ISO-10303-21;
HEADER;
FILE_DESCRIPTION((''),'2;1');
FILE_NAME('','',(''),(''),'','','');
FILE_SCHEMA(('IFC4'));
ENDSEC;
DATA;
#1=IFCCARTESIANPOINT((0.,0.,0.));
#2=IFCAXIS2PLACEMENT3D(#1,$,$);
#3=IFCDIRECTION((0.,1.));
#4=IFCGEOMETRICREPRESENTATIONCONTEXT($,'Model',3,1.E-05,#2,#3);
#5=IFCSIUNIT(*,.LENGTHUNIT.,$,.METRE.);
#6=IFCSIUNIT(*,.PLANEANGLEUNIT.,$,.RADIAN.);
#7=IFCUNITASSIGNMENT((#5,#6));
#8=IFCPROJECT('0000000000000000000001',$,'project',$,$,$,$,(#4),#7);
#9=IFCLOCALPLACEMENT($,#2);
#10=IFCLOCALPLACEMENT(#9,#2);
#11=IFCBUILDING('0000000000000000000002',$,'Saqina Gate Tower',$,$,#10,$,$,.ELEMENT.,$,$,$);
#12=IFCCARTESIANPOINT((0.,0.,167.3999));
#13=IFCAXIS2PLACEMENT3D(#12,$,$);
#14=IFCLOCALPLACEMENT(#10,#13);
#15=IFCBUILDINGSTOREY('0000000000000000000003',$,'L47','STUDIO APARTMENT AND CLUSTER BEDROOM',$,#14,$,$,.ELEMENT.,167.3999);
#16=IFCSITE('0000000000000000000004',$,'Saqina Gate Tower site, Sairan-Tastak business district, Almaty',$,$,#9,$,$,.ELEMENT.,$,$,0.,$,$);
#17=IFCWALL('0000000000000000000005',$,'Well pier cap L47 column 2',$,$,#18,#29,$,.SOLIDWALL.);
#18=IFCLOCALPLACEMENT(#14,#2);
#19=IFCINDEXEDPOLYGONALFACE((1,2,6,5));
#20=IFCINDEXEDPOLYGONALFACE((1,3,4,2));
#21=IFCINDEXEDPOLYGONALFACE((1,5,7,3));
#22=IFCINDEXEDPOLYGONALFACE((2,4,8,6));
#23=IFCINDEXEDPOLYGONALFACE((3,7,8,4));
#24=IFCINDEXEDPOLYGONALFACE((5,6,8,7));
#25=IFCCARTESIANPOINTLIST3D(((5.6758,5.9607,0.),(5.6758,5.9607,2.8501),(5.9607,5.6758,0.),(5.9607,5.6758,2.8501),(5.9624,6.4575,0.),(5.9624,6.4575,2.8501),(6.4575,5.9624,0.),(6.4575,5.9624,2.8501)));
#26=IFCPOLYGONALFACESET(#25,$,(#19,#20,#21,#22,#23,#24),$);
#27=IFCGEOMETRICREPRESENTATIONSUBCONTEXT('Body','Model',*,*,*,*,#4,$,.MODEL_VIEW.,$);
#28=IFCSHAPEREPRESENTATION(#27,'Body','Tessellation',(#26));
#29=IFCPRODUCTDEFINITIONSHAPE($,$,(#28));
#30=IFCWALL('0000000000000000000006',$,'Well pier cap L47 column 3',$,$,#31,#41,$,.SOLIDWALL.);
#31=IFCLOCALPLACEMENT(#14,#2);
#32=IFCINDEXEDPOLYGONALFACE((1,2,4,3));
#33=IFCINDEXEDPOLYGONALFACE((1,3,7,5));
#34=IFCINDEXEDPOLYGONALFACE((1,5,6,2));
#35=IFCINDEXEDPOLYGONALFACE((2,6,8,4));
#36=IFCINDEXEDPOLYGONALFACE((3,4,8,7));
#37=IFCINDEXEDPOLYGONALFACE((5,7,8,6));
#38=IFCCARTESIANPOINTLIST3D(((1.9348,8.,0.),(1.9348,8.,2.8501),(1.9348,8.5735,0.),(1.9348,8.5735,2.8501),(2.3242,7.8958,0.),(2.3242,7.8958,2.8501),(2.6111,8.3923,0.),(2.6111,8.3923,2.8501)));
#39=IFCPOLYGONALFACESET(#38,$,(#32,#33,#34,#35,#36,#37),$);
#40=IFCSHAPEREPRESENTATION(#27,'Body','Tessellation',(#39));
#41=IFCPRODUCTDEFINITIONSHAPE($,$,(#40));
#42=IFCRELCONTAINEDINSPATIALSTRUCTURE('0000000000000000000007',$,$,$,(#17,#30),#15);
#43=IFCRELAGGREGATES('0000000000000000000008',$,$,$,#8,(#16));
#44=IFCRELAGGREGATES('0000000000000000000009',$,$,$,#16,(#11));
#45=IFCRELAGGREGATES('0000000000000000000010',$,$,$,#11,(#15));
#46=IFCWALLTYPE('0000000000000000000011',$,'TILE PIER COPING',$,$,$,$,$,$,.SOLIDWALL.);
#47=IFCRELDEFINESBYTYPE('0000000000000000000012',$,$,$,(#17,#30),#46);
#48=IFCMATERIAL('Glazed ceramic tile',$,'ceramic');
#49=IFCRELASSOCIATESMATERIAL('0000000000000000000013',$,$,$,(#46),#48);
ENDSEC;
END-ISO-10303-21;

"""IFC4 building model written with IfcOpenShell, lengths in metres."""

from ifc_helpers import new_model, si_unit, direction, frame, origin, place, context, subcontext, project, spatial, polyline, outline, extrude, material, type_object, element, save


model = new_model("IFC4")

# Units and contexts
model_context = context("Model", 3, precision=1e-05, world=origin(), true_north=direction((0.0, 1.0)))
body_context = subcontext(model_context, "Body", "Model", "MODEL_VIEW")
ifc_project = project(units=[si_unit("LENGTHUNIT", "METRE"), si_unit("PLANEANGLEUNIT", "RADIAN")], contexts=[model_context])

# Site, building, storey
site_placement = place(None, origin())
site = spatial("IfcSite", under=ifc_project, at=site_placement, Name="Saqina Gate Tower site, Sairan-Tastak business district, Almaty", CompositionType="ELEMENT", RefElevation=0.0)
building_placement = place(site_placement, origin())
building = spatial("IfcBuilding", under=site, at=building_placement, Name="Saqina Gate Tower", CompositionType="ELEMENT")
storey_placement = place(building_placement, frame((0.0, 0.0, 167.3999)))
storey = spatial("IfcBuildingStorey", under=building, at=storey_placement, Name="L47", Description="STUDIO APARTMENT AND CLUSTER BEDROOM", CompositionType="ELEMENT", Elevation=167.3999)

# Walls
ifc_material_1 = material(Name="Glazed ceramic tile", Category="ceramic")
wall_type_1 = type_object("IfcWallType", Name="TILE PIER COPING", PredefinedType="SOLIDWALL", material=ifc_material_1)
wall_1_placement = place(storey_placement, origin())
element("IfcWall", 1, at=wall_1_placement, inside=storey, type_object=wall_type_1, Name="Well pier cap L47 column 2", PredefinedType="SOLIDWALL", context=body_context, shape_type="SweptSolid", body=[
    extrude(outline(polyline([(5.9624, 6.4575), (5.6758, 5.9607), (5.9607, 5.6758), (6.4575, 5.9624), (5.9624, 6.4575)])), origin(), (0.0, 0.0, 1.0), 2.8501),
])
wall_2_placement = place(storey_placement, origin())
element("IfcWall", 2, at=wall_2_placement, inside=storey, type_object=wall_type_1, Name="Well pier cap L47 column 3", PredefinedType="SOLIDWALL", context=body_context, shape_type="SweptSolid", body=[
    extrude(outline(polyline([(1.9348, 8.5735), (1.9348, 8.0), (2.3242, 7.8958), (2.6111, 8.3923), (1.9348, 8.5735)])), origin(), (0.0, 0.0, 1.0), 2.8501),
])

save(model, "model.ifc")
